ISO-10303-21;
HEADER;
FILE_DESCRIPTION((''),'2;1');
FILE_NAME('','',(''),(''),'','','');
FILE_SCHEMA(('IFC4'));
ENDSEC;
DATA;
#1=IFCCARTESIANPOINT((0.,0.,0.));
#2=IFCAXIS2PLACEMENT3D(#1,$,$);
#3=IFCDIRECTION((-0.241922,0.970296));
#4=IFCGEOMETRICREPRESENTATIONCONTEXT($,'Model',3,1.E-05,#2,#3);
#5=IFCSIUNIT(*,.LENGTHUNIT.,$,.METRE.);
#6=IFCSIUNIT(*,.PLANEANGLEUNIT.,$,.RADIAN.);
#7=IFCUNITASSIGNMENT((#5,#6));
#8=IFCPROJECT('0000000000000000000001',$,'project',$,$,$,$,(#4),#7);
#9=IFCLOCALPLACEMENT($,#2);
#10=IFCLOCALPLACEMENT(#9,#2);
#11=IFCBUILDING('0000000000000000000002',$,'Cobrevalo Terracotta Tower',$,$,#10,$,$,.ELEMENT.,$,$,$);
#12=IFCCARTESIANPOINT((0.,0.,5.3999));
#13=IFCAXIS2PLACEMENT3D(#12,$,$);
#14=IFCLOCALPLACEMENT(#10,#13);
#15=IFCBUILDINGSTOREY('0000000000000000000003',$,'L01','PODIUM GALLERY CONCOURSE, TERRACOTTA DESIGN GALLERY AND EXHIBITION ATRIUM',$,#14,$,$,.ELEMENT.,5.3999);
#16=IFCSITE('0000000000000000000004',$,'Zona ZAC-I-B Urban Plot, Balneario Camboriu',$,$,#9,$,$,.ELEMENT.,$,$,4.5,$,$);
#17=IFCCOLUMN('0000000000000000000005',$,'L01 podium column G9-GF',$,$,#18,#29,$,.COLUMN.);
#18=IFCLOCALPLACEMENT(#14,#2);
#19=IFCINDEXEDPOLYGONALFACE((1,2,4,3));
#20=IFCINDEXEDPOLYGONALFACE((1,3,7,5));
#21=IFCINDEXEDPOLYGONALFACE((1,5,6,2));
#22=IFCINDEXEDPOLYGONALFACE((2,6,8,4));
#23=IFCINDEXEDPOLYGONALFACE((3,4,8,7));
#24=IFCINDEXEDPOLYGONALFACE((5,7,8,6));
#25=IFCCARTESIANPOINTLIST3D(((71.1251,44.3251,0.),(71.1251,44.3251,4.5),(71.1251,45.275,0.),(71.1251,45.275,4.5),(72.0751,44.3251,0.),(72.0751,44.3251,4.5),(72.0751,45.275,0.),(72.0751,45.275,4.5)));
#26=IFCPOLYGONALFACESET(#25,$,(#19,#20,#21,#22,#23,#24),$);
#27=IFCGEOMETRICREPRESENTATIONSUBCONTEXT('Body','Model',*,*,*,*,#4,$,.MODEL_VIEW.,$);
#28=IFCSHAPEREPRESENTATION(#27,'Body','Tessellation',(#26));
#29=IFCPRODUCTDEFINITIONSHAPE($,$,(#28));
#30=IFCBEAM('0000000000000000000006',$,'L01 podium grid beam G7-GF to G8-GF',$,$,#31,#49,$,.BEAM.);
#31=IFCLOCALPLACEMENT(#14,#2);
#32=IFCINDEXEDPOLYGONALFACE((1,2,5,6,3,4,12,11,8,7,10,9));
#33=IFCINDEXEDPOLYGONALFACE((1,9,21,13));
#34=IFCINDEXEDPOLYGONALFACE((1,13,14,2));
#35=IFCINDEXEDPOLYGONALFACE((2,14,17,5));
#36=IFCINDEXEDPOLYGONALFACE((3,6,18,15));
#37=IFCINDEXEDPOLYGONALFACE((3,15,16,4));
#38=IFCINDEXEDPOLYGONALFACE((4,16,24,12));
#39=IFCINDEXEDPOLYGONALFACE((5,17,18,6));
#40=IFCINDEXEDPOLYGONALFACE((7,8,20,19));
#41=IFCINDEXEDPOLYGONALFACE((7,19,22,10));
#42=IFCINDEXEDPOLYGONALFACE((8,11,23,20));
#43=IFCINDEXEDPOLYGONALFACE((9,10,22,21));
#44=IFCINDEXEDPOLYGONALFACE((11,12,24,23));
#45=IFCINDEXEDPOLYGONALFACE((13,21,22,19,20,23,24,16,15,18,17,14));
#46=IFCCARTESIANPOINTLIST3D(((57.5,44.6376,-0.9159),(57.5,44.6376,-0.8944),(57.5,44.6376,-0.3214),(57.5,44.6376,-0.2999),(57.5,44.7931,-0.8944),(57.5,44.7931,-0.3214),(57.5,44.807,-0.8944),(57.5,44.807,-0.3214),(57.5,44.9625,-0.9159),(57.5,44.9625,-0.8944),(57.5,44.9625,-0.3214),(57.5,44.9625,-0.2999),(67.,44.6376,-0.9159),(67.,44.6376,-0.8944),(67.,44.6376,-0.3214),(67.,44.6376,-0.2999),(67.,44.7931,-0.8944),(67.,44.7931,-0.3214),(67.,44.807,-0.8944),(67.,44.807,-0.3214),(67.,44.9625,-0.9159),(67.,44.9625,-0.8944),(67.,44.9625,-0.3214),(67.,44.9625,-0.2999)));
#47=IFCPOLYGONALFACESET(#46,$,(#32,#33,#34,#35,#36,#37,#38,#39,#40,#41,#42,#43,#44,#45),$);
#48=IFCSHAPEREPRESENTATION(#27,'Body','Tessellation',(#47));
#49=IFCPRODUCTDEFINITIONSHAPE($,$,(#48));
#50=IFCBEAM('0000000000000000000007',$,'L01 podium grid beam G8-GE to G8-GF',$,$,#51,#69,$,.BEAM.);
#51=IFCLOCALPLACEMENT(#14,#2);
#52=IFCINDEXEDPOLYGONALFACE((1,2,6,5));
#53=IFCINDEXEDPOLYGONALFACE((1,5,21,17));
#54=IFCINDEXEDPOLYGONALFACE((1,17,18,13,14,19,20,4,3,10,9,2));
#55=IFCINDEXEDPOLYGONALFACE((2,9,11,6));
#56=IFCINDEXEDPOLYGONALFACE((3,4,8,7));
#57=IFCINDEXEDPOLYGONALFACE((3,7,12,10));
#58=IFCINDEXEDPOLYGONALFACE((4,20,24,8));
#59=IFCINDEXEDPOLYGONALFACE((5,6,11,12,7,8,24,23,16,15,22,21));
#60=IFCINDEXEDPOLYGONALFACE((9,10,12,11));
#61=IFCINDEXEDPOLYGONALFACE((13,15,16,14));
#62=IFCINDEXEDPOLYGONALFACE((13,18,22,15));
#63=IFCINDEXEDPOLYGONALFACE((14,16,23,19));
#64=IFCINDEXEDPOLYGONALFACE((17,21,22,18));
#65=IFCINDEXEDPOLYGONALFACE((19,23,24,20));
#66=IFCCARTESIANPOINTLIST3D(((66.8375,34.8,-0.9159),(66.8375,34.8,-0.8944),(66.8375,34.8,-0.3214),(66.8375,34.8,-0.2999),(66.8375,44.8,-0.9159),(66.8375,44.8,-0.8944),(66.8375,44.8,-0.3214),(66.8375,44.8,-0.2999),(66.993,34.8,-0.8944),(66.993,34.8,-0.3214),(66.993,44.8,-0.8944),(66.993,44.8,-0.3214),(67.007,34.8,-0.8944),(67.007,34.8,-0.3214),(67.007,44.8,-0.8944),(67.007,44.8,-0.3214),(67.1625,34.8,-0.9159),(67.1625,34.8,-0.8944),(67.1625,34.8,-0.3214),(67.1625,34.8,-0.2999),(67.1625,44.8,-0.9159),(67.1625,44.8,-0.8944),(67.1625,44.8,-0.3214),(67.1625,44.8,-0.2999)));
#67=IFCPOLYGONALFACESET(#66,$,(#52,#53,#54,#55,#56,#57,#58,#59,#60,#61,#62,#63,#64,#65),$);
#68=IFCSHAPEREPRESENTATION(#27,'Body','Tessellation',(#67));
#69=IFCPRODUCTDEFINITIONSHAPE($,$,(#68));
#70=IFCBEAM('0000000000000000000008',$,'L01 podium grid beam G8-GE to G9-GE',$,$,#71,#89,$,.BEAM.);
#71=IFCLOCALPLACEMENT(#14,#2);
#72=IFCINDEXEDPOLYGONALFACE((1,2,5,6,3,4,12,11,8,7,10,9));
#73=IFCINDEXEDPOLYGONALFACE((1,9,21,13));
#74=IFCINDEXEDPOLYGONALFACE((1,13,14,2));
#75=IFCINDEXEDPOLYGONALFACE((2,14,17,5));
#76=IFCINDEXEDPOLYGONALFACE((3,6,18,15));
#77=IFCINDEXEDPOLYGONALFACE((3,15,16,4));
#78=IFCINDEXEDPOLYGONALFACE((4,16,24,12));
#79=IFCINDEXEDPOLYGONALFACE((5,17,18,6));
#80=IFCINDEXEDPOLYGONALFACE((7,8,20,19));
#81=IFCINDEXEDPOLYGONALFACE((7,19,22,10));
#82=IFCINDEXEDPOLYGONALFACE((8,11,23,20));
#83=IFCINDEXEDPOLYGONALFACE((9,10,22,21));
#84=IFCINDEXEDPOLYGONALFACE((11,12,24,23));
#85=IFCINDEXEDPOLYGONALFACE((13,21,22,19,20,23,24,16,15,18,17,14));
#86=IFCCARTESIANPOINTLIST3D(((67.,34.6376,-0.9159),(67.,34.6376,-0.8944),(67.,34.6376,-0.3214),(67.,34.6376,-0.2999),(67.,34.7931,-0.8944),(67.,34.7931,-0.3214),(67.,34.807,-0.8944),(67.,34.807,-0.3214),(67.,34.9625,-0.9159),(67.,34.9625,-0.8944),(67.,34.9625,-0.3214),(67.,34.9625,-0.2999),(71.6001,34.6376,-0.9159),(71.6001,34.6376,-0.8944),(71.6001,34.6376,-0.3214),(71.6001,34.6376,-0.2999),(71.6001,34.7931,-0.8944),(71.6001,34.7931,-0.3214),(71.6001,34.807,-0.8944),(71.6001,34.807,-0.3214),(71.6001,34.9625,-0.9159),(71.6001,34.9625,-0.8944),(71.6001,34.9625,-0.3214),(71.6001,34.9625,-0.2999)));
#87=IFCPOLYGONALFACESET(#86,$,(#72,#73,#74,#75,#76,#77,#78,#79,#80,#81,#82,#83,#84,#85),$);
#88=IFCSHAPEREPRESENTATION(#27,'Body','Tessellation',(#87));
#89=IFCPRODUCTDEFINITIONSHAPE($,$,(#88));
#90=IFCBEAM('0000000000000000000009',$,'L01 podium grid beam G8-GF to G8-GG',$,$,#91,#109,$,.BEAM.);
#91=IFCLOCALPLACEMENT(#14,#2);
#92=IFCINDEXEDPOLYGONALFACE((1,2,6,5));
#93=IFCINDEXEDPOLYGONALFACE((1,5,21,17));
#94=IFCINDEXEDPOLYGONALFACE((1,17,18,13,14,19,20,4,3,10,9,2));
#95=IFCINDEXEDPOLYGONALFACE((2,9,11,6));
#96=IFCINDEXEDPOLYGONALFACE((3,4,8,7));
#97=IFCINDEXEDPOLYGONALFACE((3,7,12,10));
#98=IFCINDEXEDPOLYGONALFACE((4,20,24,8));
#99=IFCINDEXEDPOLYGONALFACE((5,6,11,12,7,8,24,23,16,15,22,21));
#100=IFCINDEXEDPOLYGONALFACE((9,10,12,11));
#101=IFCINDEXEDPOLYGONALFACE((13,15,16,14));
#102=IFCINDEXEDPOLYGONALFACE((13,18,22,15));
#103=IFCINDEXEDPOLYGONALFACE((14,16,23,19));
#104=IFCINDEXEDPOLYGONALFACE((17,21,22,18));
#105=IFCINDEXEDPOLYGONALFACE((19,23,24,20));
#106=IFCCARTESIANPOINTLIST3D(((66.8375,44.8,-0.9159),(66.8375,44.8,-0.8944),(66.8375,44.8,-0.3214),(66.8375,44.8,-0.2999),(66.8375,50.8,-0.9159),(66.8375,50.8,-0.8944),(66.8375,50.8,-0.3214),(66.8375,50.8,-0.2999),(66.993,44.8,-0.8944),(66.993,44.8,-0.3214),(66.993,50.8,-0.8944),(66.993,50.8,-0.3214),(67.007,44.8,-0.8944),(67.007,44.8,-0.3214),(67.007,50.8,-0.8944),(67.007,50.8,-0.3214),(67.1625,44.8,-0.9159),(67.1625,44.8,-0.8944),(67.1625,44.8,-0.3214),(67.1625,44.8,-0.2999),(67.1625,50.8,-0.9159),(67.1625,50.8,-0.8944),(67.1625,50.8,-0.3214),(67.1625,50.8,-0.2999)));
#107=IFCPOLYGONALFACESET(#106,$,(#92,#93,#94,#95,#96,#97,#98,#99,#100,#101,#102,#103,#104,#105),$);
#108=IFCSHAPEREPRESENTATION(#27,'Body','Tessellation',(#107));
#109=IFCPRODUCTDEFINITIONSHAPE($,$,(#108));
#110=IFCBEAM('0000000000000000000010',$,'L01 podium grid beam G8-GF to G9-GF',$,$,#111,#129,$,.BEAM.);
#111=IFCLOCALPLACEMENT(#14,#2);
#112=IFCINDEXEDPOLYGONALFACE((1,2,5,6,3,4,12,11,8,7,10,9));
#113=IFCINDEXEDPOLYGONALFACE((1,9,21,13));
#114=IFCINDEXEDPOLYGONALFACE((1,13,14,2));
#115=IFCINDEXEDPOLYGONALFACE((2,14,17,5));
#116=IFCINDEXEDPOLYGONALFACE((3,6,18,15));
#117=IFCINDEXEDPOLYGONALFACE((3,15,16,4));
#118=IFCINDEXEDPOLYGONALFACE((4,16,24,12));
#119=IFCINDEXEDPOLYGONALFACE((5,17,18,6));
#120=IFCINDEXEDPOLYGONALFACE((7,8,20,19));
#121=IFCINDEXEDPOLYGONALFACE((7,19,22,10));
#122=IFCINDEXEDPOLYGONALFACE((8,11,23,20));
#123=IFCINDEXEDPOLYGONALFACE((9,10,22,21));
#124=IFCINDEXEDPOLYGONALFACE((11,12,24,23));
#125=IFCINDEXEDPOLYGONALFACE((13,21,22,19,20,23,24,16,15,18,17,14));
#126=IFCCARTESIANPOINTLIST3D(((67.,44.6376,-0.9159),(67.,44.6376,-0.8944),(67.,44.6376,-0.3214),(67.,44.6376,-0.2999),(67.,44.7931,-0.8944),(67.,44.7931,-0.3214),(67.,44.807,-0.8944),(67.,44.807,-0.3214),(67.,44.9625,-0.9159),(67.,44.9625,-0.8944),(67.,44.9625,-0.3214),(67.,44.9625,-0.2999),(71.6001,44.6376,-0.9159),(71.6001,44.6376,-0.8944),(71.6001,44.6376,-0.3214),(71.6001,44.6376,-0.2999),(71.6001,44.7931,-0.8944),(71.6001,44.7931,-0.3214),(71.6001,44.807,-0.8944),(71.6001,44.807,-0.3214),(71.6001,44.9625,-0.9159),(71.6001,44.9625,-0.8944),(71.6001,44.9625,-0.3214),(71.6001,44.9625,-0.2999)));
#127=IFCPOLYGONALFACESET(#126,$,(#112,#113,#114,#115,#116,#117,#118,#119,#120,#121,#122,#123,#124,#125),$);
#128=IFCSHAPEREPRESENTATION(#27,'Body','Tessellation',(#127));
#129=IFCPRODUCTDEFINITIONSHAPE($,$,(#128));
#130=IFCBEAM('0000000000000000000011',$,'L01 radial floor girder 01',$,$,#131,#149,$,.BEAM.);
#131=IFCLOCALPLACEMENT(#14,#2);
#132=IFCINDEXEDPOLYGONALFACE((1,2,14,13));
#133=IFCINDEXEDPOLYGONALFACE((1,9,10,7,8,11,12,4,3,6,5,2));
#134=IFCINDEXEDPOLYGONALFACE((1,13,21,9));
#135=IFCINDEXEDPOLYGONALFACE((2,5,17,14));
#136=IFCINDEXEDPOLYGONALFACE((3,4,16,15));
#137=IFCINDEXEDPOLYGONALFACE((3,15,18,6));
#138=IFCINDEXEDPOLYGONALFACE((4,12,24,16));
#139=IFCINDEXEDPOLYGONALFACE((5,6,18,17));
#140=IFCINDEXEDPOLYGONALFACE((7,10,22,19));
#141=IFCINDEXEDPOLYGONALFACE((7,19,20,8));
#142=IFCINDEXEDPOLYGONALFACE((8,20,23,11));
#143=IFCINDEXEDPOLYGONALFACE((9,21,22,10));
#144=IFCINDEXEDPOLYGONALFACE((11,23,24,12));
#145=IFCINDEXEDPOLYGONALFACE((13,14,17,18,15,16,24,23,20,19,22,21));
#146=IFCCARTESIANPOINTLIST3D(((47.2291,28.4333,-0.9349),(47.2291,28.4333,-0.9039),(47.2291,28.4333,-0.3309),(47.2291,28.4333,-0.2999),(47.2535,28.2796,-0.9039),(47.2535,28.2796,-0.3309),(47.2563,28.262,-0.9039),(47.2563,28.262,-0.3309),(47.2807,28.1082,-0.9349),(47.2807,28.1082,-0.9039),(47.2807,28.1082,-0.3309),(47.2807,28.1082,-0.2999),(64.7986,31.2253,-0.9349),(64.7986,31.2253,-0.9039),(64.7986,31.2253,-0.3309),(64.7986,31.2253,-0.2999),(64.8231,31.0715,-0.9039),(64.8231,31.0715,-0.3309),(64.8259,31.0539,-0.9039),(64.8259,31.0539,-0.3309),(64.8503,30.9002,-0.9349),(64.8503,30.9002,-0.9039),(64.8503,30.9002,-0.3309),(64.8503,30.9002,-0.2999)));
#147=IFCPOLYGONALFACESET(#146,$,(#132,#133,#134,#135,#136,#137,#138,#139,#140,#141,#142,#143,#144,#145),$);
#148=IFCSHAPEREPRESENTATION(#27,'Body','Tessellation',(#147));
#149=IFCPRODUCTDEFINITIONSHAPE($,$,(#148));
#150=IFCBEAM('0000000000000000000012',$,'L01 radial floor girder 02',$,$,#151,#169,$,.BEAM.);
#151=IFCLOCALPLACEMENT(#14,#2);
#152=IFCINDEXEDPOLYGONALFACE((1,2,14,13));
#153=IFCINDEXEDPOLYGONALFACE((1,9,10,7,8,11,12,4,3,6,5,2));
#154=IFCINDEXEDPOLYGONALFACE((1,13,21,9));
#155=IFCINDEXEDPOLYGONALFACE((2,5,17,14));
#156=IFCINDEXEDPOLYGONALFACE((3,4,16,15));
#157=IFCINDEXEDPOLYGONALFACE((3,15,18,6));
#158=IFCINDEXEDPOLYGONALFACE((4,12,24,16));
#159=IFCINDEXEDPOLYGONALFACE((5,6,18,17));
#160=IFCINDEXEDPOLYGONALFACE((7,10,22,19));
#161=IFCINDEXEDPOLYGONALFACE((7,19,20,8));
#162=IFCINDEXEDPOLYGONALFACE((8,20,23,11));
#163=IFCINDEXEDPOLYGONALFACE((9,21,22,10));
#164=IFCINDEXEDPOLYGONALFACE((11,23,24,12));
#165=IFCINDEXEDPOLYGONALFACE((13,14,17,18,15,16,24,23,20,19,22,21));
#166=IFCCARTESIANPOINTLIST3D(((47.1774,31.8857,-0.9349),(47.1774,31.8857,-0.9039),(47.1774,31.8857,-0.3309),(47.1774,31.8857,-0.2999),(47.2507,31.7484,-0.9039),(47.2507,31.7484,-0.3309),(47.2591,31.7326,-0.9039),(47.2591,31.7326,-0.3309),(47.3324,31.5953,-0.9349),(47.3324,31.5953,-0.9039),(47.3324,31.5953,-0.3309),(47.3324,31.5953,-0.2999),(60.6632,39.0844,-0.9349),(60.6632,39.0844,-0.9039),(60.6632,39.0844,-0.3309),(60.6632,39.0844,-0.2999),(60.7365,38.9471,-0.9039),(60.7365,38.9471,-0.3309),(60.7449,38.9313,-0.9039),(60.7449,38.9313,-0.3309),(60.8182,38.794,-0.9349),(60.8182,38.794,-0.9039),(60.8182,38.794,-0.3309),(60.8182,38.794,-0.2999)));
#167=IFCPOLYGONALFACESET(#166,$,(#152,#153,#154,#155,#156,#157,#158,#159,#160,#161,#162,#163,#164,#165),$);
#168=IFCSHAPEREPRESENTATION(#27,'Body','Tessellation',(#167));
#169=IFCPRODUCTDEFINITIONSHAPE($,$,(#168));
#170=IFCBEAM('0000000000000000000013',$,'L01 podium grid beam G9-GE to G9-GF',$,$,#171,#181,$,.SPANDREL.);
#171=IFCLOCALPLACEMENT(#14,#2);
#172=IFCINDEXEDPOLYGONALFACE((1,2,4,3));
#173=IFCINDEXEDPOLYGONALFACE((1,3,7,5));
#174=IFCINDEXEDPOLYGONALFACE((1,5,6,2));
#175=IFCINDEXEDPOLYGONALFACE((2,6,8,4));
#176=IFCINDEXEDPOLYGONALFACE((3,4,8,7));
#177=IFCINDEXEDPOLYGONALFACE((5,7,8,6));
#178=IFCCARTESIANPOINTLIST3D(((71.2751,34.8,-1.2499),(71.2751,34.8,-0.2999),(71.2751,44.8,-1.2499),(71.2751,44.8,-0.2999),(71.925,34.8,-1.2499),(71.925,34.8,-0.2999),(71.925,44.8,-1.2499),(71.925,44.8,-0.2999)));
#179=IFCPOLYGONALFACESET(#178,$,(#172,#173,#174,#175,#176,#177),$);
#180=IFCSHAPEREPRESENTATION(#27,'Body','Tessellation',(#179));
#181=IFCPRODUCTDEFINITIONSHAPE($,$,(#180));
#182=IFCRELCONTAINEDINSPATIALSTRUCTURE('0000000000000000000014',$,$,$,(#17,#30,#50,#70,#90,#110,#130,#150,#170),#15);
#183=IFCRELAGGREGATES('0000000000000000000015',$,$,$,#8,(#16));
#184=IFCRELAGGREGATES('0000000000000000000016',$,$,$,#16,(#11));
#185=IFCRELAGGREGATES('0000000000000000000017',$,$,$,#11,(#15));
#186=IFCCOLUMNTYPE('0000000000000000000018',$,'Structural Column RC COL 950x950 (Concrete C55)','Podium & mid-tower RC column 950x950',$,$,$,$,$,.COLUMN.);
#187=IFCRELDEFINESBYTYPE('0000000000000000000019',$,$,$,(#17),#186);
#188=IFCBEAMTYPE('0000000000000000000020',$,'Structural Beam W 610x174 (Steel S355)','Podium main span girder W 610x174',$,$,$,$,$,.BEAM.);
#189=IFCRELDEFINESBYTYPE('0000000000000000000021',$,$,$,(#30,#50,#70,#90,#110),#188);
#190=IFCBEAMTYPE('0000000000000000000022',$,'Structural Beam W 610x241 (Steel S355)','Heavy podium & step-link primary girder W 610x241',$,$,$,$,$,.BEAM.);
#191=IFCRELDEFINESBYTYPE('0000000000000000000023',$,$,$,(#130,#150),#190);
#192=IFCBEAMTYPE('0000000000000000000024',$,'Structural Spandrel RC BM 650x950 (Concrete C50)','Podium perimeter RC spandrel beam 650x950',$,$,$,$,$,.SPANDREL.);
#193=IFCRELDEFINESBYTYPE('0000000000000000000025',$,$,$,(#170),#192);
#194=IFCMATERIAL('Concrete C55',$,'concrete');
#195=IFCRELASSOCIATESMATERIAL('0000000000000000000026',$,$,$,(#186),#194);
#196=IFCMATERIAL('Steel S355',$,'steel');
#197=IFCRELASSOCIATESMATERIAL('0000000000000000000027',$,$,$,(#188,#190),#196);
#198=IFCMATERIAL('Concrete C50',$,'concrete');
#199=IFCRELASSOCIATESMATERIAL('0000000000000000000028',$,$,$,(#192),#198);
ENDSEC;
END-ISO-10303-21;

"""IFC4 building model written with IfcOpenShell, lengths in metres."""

from ifc_helpers import new_model, si_unit, direction, frame, origin, origin_2d, place, context, subcontext, project, spatial, rectangle, i_section, extrude, material, material_profile, profile_set, type_object, element, save


model = new_model("IFC4")

# Units and contexts
model_context = context("Model", 3, precision=1e-05, world=origin(), true_north=direction((-0.241922, 0.970296)))
body_context = subcontext(model_context, "Body", "Model", "MODEL_VIEW")
ifc_project = project(units=[si_unit("LENGTHUNIT", "METRE"), si_unit("PLANEANGLEUNIT", "RADIAN")], contexts=[model_context])

# Site, building, storey
site_placement = place(None, origin())
site = spatial("IfcSite", under=ifc_project, at=site_placement, Name="Zona ZAC-I-B Urban Plot, Balneario Camboriu", CompositionType="ELEMENT", RefElevation=4.5)
building_placement = place(site_placement, origin())
building = spatial("IfcBuilding", under=site, at=building_placement, Name="Cobrevalo Terracotta Tower", CompositionType="ELEMENT")
storey_placement = place(building_placement, frame((0.0, 0.0, 5.3999)))
storey = spatial("IfcBuildingStorey", under=building, at=storey_placement, Name="L01", Description="PODIUM GALLERY CONCOURSE, TERRACOTTA DESIGN GALLERY AND EXHIBITION ATRIUM", CompositionType="ELEMENT", Elevation=5.3999)

# Column
ifc_material_1 = material(Name="Steel S355", Category="steel")
ifc_material_2 = material(Name="Concrete C50", Category="concrete")
ifc_material_3 = material(Name="Concrete C55", Category="concrete")
ifc_material_profile_1 = material_profile(ifc_material_3, rectangle(XDim=0.95, YDim=0.95, at=origin_2d()), Name="RC COL 950x950")
ifc_profile_set_1 = profile_set([ifc_material_profile_1], Name="Concrete C55")
column_type_1 = type_object("IfcColumnType", Name="Structural Column RC COL 950x950 (Concrete C55)", Description="Podium & mid-tower RC column 950x950", PredefinedType="COLUMN", material=ifc_profile_set_1)
for number, where, z_axis, x_axis, name in (
    (1, (71.6001, 44.8, 0.0), (0.0, 0.0, 1.0), (1.0, 0.0, 0.0), "L01 podium column G9-GF"),
):
    element("IfcColumn", number, at=place(storey_placement, frame(where, z_axis=z_axis, x_axis=x_axis)), inside=storey, type_object=column_type_1, Name=name, PredefinedType="COLUMN", context=body_context, shape_type="SweptSolid", body=[
        extrude(rectangle(XDim=0.95, YDim=0.95, at=origin_2d()), origin(), (0.0, 0.0, 1.0), 4.5),
    ])

# Beams
ifc_material_profile_2 = material_profile(ifc_material_1, i_section(OverallWidth=0.325, OverallDepth=0.616, WebThickness=0.0139, FlangeThickness=0.0215, at=origin_2d()), Name="W 610x174")
ifc_profile_set_2 = profile_set([ifc_material_profile_2], Name="Steel S355")
beam_type_1 = type_object("IfcBeamType", Name="Structural Beam W 610x174 (Steel S355)", Description="Podium main span girder W 610x174", PredefinedType="BEAM", material=ifc_profile_set_2)
beam_1_placement = place(storey_placement, frame((57.5, 44.8, -0.6079), z_axis=(1.0, 0.0, 0.0), x_axis=(0.0, 1.0, 0.0)))
element("IfcBeam", 2, at=beam_1_placement, inside=storey, type_object=beam_type_1, Name="L01 podium grid beam G7-GF to G8-GF", PredefinedType="BEAM", context=body_context, shape_type="SweptSolid", body=[
    extrude(i_section(OverallWidth=0.325, OverallDepth=0.616, WebThickness=0.0139, FlangeThickness=0.0215, at=origin_2d()), origin(), (0.0, 0.0, 1.0), 9.5),
])
beam_2_placement = place(storey_placement, frame((67.0, 34.8, -0.6079), z_axis=(0.0, 1.0, 0.0), x_axis=(-1.0, 0.0, 0.0)))
element("IfcBeam", 3, at=beam_2_placement, inside=storey, type_object=beam_type_1, Name="L01 podium grid beam G8-GE to G8-GF", PredefinedType="BEAM", context=body_context, shape_type="SweptSolid", body=[
    extrude(i_section(OverallWidth=0.325, OverallDepth=0.616, WebThickness=0.0139, FlangeThickness=0.0215, at=origin_2d()), origin(), (0.0, 0.0, 1.0), 10.0),
])
beam_3_placement = place(storey_placement, frame((67.0, 34.8, -0.6079), z_axis=(1.0, 0.0, 0.0), x_axis=(0.0, 1.0, 0.0)))
element("IfcBeam", 4, at=beam_3_placement, inside=storey, type_object=beam_type_1, Name="L01 podium grid beam G8-GE to G9-GE", PredefinedType="BEAM", context=body_context, shape_type="SweptSolid", body=[
    extrude(i_section(OverallWidth=0.325, OverallDepth=0.616, WebThickness=0.0139, FlangeThickness=0.0215, at=origin_2d()), origin(), (0.0, 0.0, 1.0), 4.6001),
])
beam_4_placement = place(storey_placement, frame((67.0, 44.8, -0.6079), z_axis=(0.0, 1.0, 0.0), x_axis=(-1.0, 0.0, 0.0)))
element("IfcBeam", 5, at=beam_4_placement, inside=storey, type_object=beam_type_1, Name="L01 podium grid beam G8-GF to G8-GG", PredefinedType="BEAM", context=body_context, shape_type="SweptSolid", body=[
    extrude(i_section(OverallWidth=0.325, OverallDepth=0.616, WebThickness=0.0139, FlangeThickness=0.0215, at=origin_2d()), origin(), (0.0, 0.0, 1.0), 6.0),
])
beam_5_placement = place(storey_placement, frame((67.0, 44.8, -0.6079), z_axis=(1.0, 0.0, 0.0), x_axis=(0.0, 1.0, 0.0)))
element("IfcBeam", 6, at=beam_5_placement, inside=storey, type_object=beam_type_1, Name="L01 podium grid beam G8-GF to G9-GF", PredefinedType="BEAM", context=body_context, shape_type="SweptSolid", body=[
    extrude(i_section(OverallWidth=0.325, OverallDepth=0.616, WebThickness=0.0139, FlangeThickness=0.0215, at=origin_2d()), origin(), (0.0, 0.0, 1.0), 4.6001),
])
ifc_material_profile_3 = material_profile(ifc_material_1, i_section(OverallWidth=0.3291, OverallDepth=0.635, WebThickness=0.0178, FlangeThickness=0.031, at=origin_2d()), Name="W 610x241")
ifc_profile_set_3 = profile_set([ifc_material_profile_3], Name="Steel S355")
beam_type_2 = type_object("IfcBeamType", Name="Structural Beam W 610x241 (Steel S355)", Description="Heavy podium & step-link primary girder W 610x241", PredefinedType="BEAM", material=ifc_profile_set_3)
beam_6_placement = place(storey_placement, frame((64.8245, 31.0627, -0.6174), z_axis=(-0.987608, -0.156941, 0.0), x_axis=(0.156941, -0.987608, 0.0)))
element("IfcBeam", 7, at=beam_6_placement, inside=storey, type_object=beam_type_2, Name="L01 radial floor girder 01", PredefinedType="BEAM", context=body_context, shape_type="SweptSolid", body=[
    extrude(i_section(OverallWidth=0.3291, OverallDepth=0.635, WebThickness=0.0178, FlangeThickness=0.031, at=origin_2d()), origin(), (0.0, 0.0, 1.0), 17.79),
])
beam_7_placement = place(storey_placement, frame((60.7407, 38.9392, -0.6174), z_axis=(-0.882182, -0.470908, 0.0), x_axis=(0.470908, -0.882182, 0.0)))
element("IfcBeam", 8, at=beam_7_placement, inside=storey, type_object=beam_type_2, Name="L01 radial floor girder 02", PredefinedType="BEAM", context=body_context, shape_type="SweptSolid", body=[
    extrude(i_section(OverallWidth=0.3291, OverallDepth=0.635, WebThickness=0.0178, FlangeThickness=0.031, at=origin_2d()), origin(), (0.0, 0.0, 1.0), 15.2869),
])
ifc_material_profile_4 = material_profile(ifc_material_2, rectangle(XDim=0.6499, YDim=0.95, at=origin_2d()), Name="RC BM 650x950")
ifc_profile_set_4 = profile_set([ifc_material_profile_4], Name="Concrete C50")
beam_type_3 = type_object("IfcBeamType", Name="Structural Spandrel RC BM 650x950 (Concrete C50)", Description="Podium perimeter RC spandrel beam 650x950", PredefinedType="SPANDREL", material=ifc_profile_set_4)
beam_8_placement = place(storey_placement, frame((71.6001, 34.8, -0.7749), z_axis=(0.0, 1.0, 0.0), x_axis=(-1.0, 0.0, 0.0)))
element("IfcBeam", 9, at=beam_8_placement, inside=storey, type_object=beam_type_3, Name="L01 podium grid beam G9-GE to G9-GF", PredefinedType="SPANDREL", context=body_context, shape_type="SweptSolid", body=[
    extrude(rectangle(XDim=0.6499, YDim=0.95, at=origin_2d()), origin(), (0.0, 0.0, 1.0), 10.0),
])

save(model, "model.ifc")
